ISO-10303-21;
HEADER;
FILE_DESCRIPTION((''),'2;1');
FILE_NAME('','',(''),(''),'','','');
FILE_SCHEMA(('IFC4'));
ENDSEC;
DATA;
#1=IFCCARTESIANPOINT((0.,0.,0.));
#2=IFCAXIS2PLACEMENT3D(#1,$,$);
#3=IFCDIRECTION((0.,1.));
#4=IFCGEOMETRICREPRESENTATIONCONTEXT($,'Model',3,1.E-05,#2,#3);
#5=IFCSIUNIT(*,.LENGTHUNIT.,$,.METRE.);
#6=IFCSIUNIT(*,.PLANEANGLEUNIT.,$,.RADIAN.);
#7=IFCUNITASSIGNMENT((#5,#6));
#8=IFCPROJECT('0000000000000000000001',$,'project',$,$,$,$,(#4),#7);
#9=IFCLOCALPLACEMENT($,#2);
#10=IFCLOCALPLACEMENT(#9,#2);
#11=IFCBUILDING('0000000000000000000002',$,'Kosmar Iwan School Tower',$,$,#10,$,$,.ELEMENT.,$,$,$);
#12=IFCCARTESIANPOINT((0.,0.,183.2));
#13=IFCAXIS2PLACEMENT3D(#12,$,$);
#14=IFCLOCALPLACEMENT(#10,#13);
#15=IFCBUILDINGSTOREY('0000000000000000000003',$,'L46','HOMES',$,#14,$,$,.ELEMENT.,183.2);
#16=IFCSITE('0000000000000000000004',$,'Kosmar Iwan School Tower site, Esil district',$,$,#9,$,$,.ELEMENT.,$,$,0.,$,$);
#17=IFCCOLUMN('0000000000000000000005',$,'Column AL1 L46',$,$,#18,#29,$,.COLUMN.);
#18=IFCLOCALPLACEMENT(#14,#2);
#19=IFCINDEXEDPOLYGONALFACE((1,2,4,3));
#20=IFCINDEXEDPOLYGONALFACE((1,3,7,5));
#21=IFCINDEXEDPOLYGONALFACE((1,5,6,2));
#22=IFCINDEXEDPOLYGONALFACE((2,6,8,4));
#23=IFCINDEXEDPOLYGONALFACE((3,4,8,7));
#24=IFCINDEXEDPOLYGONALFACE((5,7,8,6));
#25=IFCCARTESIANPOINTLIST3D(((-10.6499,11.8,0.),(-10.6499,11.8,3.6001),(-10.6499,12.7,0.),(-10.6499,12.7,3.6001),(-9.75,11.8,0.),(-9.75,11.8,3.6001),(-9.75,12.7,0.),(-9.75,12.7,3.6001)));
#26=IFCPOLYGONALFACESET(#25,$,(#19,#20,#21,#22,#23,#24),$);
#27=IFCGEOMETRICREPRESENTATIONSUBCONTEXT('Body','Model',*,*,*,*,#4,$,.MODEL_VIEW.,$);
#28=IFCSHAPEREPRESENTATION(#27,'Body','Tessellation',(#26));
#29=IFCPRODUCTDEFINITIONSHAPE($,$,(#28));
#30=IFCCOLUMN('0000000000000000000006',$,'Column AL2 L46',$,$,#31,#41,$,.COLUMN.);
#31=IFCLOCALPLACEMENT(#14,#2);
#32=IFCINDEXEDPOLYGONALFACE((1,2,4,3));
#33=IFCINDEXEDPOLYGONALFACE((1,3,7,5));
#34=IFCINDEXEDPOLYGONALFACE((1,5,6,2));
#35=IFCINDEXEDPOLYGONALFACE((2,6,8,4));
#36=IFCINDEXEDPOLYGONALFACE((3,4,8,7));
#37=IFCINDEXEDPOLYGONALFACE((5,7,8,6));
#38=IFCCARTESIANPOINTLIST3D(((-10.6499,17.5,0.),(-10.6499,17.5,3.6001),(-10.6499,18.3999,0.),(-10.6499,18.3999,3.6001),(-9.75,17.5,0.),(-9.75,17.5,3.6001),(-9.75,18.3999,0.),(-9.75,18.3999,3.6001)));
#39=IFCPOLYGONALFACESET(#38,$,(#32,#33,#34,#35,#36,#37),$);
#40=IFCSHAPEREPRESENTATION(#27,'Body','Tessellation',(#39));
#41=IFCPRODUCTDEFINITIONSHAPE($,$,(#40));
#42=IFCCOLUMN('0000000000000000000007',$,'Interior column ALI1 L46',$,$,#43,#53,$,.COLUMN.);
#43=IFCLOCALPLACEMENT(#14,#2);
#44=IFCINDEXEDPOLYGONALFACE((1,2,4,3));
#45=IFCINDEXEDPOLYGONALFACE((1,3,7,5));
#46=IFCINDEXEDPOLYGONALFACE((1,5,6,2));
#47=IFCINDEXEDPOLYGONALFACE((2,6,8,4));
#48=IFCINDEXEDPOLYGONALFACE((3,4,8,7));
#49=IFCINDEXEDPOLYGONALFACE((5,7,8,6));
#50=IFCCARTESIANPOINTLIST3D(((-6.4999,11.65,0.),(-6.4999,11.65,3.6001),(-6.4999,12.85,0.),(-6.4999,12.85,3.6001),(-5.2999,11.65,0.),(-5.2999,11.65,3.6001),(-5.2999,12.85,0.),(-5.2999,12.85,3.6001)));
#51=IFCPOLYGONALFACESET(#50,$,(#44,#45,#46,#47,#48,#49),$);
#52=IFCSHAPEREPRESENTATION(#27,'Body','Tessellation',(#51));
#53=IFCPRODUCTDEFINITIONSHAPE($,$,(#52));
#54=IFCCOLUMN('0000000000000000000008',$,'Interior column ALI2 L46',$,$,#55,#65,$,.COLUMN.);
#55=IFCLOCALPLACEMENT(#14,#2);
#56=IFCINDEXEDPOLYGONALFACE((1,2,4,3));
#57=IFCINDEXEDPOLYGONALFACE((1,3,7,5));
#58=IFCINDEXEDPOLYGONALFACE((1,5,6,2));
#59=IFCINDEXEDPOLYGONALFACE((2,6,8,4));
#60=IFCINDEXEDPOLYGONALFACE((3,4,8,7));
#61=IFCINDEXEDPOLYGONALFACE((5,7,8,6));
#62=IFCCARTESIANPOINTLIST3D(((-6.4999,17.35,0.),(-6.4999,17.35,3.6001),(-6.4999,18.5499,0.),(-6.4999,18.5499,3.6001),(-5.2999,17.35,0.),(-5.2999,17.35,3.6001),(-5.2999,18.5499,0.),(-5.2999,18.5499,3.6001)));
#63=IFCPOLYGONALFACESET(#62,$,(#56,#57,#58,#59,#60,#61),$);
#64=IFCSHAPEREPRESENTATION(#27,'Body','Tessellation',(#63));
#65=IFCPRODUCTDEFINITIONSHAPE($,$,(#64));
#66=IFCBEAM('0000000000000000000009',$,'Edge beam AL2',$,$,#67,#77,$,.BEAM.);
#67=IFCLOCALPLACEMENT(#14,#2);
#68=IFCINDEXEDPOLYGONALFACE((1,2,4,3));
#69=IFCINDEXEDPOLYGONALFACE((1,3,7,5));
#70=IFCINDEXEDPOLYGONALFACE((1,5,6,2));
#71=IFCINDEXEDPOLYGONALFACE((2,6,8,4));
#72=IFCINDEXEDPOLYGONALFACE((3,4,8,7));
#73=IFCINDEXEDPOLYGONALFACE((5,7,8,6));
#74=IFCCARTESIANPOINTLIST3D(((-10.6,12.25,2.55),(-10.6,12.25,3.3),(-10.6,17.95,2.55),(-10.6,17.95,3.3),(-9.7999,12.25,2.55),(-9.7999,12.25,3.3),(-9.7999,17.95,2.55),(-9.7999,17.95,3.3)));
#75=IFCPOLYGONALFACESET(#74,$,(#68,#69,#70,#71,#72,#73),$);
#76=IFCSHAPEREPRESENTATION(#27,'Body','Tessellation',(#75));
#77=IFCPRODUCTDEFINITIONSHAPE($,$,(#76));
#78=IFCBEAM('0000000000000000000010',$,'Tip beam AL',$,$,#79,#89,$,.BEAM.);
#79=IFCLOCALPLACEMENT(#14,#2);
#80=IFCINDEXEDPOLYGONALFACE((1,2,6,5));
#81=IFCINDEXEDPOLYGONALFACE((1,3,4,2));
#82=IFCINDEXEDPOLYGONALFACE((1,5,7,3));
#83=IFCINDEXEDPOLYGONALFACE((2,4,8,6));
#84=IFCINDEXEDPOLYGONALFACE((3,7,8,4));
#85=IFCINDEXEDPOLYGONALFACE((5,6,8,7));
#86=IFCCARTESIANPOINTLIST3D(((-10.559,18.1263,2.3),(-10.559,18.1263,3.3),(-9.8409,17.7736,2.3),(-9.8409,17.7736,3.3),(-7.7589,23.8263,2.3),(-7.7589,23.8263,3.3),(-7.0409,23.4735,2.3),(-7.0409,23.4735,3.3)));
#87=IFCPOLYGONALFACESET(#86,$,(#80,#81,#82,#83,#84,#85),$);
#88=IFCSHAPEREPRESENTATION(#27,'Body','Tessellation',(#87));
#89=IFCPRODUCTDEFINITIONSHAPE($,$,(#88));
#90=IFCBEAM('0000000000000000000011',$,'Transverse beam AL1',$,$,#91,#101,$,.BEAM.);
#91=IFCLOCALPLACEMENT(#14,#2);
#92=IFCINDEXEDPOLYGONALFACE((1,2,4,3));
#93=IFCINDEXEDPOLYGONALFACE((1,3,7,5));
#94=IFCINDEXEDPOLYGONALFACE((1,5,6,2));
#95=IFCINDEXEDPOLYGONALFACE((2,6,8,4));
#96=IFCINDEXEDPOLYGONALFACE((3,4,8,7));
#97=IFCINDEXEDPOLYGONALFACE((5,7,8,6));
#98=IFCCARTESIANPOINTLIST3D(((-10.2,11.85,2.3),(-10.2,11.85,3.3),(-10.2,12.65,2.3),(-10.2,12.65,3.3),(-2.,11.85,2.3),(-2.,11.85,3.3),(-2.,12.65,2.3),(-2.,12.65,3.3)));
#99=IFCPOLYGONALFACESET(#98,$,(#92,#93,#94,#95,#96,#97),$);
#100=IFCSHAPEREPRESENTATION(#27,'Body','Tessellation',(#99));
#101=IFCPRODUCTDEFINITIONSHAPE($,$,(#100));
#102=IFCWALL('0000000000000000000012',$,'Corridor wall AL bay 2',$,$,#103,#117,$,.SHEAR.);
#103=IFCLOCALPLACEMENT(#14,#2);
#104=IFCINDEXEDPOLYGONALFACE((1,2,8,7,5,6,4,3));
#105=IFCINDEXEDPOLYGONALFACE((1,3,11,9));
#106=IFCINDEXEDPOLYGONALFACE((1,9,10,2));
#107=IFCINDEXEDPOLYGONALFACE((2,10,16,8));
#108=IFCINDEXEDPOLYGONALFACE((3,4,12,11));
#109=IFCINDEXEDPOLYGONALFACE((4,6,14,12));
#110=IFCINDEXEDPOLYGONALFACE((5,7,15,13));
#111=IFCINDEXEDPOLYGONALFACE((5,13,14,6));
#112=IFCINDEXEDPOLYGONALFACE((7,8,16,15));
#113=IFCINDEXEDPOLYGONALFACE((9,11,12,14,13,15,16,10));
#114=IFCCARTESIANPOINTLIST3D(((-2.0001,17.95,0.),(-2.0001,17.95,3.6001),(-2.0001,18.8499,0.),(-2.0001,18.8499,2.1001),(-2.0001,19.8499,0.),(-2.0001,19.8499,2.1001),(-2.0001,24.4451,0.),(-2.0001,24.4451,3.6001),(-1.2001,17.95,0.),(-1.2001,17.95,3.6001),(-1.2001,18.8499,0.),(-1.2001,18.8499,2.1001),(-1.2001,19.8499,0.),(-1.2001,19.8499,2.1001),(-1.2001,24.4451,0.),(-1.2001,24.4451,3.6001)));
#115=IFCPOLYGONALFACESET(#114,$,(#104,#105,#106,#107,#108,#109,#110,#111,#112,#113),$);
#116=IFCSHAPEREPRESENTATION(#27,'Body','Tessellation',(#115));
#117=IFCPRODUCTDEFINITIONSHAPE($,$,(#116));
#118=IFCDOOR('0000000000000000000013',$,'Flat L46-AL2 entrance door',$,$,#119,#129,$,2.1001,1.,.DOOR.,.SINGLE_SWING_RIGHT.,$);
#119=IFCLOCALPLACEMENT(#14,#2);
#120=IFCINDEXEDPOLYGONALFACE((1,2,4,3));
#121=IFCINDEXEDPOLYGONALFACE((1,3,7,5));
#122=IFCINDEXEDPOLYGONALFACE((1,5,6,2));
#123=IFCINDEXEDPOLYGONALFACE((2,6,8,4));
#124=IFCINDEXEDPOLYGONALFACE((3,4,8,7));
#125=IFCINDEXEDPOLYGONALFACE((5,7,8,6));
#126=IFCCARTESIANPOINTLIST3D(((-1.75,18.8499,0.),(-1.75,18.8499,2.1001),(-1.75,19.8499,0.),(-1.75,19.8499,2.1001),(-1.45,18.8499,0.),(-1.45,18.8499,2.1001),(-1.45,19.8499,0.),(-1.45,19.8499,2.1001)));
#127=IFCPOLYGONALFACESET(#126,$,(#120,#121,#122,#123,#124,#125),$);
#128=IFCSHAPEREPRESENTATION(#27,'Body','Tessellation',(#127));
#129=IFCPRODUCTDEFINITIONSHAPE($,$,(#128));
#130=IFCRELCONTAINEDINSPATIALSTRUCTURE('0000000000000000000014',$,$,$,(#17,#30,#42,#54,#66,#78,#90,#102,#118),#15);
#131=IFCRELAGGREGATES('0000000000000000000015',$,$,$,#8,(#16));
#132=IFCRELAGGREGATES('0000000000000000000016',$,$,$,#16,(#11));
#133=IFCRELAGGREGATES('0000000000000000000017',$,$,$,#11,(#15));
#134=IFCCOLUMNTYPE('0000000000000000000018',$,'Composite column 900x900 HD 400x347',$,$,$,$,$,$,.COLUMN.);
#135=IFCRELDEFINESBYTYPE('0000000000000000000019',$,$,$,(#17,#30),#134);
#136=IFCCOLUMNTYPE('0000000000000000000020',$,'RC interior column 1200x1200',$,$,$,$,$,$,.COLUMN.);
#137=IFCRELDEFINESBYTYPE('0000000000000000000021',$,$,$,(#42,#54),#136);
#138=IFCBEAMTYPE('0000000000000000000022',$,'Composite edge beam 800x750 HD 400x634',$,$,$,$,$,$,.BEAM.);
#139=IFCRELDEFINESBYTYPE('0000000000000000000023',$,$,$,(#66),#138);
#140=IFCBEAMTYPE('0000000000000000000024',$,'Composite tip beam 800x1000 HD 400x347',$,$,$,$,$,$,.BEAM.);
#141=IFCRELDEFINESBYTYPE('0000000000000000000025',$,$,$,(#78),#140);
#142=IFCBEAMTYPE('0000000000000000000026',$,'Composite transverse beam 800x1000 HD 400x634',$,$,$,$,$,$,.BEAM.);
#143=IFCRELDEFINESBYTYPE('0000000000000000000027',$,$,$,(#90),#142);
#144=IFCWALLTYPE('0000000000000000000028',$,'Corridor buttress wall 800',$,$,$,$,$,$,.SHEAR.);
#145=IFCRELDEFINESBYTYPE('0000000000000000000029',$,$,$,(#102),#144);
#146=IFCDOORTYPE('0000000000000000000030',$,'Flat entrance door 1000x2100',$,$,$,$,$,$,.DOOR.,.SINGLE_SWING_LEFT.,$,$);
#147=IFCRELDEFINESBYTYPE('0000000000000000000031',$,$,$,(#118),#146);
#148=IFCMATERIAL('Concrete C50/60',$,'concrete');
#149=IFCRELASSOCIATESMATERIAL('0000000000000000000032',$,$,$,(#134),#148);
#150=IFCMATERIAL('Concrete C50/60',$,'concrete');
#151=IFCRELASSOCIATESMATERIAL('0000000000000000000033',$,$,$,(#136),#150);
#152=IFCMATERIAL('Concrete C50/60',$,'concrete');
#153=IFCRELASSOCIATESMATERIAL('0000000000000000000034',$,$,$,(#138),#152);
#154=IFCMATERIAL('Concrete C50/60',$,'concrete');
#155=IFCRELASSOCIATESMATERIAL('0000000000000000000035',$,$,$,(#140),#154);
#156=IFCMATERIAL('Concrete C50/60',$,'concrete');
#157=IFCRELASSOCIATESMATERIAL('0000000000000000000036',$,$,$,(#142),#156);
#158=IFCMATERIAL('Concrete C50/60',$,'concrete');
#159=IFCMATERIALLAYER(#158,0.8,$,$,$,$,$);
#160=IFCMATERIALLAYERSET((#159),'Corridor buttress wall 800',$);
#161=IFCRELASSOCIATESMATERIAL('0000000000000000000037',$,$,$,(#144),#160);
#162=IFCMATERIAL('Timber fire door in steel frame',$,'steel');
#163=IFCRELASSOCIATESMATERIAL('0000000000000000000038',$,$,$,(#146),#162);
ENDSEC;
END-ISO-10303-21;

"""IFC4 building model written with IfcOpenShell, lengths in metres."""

from ifc_helpers import new_model, si_unit, direction, frame, frame_2d, origin, origin_2d, place, context, subcontext, project, spatial, rectangle, extrude, material, layer, layer_set, material_profile, profile_set, type_object, element, fill, save


model = new_model("IFC4")

# Units and contexts
model_context = context("Model", 3, precision=1e-05, world=origin(), true_north=direction((0.0, 1.0)))
body_context = subcontext(model_context, "Body", "Model", "MODEL_VIEW")
ifc_project = project(units=[si_unit("LENGTHUNIT", "METRE"), si_unit("PLANEANGLEUNIT", "RADIAN")], contexts=[model_context])

# Site, building, storey
site_placement = place(None, origin())
site = spatial("IfcSite", under=ifc_project, at=site_placement, Name="Kosmar Iwan School Tower site, Esil district", CompositionType="ELEMENT", RefElevation=0.0)
building_placement = place(site_placement, origin())
building = spatial("IfcBuilding", under=site, at=building_placement, Name="Kosmar Iwan School Tower", CompositionType="ELEMENT")
storey_placement = place(building_placement, frame((0.0, 0.0, 183.2)))
storey = spatial("IfcBuildingStorey", under=building, at=storey_placement, Name="L46", Description="HOMES", CompositionType="ELEMENT", Elevation=183.2)

# Columns
ifc_material_1 = material(Name="Concrete C50/60", Category="concrete")
ifc_material_profile_1 = material_profile(ifc_material_1, rectangle(XDim=0.8999, YDim=0.8999, at=origin_2d()), Name="RC 900x900 + HD 400x347")
ifc_profile_set_1 = profile_set([ifc_material_profile_1], Name="Concrete C50/60")
column_type_1 = type_object("IfcColumnType", Name="Composite column 900x900 HD 400x347", PredefinedType="COLUMN", material=ifc_profile_set_1)
for number, where, z_axis, x_axis, name in (
    (1, (-10.2, 12.25, 0.0), (0.0, 0.0, 1.0), (0.0, 1.0, 0.0), "Column AL1 L46"),
    (2, (-10.2, 17.95, 0.0), (0.0, 0.0, 1.0), (0.0, 1.0, 0.0), "Column AL2 L46"),
):
    element("IfcColumn", number, at=place(storey_placement, frame(where, z_axis=z_axis, x_axis=x_axis)), inside=storey, type_object=column_type_1, Name=name, PredefinedType="COLUMN", context=body_context, shape_type="SweptSolid", body=[
        extrude(rectangle(XDim=0.8999, YDim=0.8999, at=origin_2d()), origin(), (0.0, 0.0, 1.0), 3.6001),
    ])
ifc_material_2 = material(Name="Concrete C50/60", Category="concrete")
ifc_material_profile_2 = material_profile(ifc_material_2, rectangle(XDim=1.2, YDim=1.2, at=origin_2d()), Name="RC 1200x1200")
ifc_profile_set_2 = profile_set([ifc_material_profile_2], Name="Concrete C50/60")
column_type_2 = type_object("IfcColumnType", Name="RC interior column 1200x1200", PredefinedType="COLUMN", material=ifc_profile_set_2)
for number, where, z_axis, x_axis, name in (
    (3, (-5.8999, 12.25, 0.0), (0.0, 0.0, 1.0), (0.0, 1.0, 0.0), "Interior column ALI1 L46"),
    (4, (-5.8999, 17.95, 0.0), (0.0, 0.0, 1.0), (0.0, 1.0, 0.0), "Interior column ALI2 L46"),
):
    element("IfcColumn", number, at=place(storey_placement, frame(where, z_axis=z_axis, x_axis=x_axis)), inside=storey, type_object=column_type_2, Name=name, PredefinedType="COLUMN", context=body_context, shape_type="SweptSolid", body=[
        extrude(rectangle(XDim=1.2, YDim=1.2, at=origin_2d()), origin(), (0.0, 0.0, 1.0), 3.6001),
    ])

# Beams
ifc_material_3 = material(Name="Concrete C50/60", Category="concrete")
ifc_material_profile_3 = material_profile(ifc_material_3, rectangle(XDim=0.8, YDim=0.75, at=origin_2d()), Name="RC 800x750 + HD 400x634")
ifc_profile_set_3 = profile_set([ifc_material_profile_3], Name="Concrete C50/60")
beam_type_1 = type_object("IfcBeamType", Name="Composite edge beam 800x750 HD 400x634", PredefinedType="BEAM", material=ifc_profile_set_3)
beam_1_placement = place(storey_placement, frame((-10.2, 12.25, 2.925), z_axis=(0.0, 1.0, 0.0), x_axis=(-1.0, 0.0, 0.0)))
element("IfcBeam", 5, at=beam_1_placement, inside=storey, type_object=beam_type_1, Name="Edge beam AL2", PredefinedType="BEAM", context=body_context, shape_type="SweptSolid", body=[
    extrude(rectangle(XDim=0.8, YDim=0.75, at=origin_2d()), origin(), (0.0, 0.0, 1.0), 5.7),
])
ifc_material_4 = material(Name="Concrete C50/60", Category="concrete")
ifc_material_profile_4 = material_profile(ifc_material_4, rectangle(XDim=0.8, YDim=1.0, at=origin_2d()), Name="RC 800x1000 + HD 400x347")
ifc_profile_set_4 = profile_set([ifc_material_profile_4], Name="Concrete C50/60")
beam_type_2 = type_object("IfcBeamType", Name="Composite tip beam 800x1000 HD 400x347", PredefinedType="BEAM", material=ifc_profile_set_4)
beam_2_placement = place(storey_placement, frame((-10.2, 17.95, 2.8), z_axis=(0.440913, 0.89755, 0.0), x_axis=(-0.89755, 0.440913, 0.0)))
element("IfcBeam", 6, at=beam_2_placement, inside=storey, type_object=beam_type_2, Name="Tip beam AL", PredefinedType="BEAM", context=body_context, shape_type="SweptSolid", body=[
    extrude(rectangle(XDim=0.8, YDim=1.0, at=origin_2d()), origin(), (0.0, 0.0, 1.0), 6.3506),
])
ifc_material_5 = material(Name="Concrete C50/60", Category="concrete")
ifc_material_profile_5 = material_profile(ifc_material_5, rectangle(XDim=0.8, YDim=1.0, at=origin_2d()), Name="RC 800x1000 + HD 400x634")
ifc_profile_set_5 = profile_set([ifc_material_profile_5], Name="Concrete C50/60")
beam_type_3 = type_object("IfcBeamType", Name="Composite transverse beam 800x1000 HD 400x634", PredefinedType="BEAM", material=ifc_profile_set_5)
beam_3_placement = place(storey_placement, frame((-10.2, 12.25, 2.8), z_axis=(1.0, 0.0, 0.0), x_axis=(0.0, 1.0, 0.0)))
element("IfcBeam", 7, at=beam_3_placement, inside=storey, type_object=beam_type_3, Name="Transverse beam AL1", PredefinedType="BEAM", context=body_context, shape_type="SweptSolid", body=[
    extrude(rectangle(XDim=0.8, YDim=1.0, at=origin_2d()), origin(), (0.0, 0.0, 1.0), 8.2),
])

# Wall, opening, door
ifc_material_6 = material(Name="Concrete C50/60", Category="concrete")
ifc_layer_1 = layer(ifc_material_6, 0.8)
ifc_layer_set_1 = layer_set([ifc_layer_1], Name="Corridor buttress wall 800")
wall_type_1 = type_object("IfcWallType", Name="Corridor buttress wall 800", PredefinedType="SHEAR", material=ifc_layer_set_1)
wall_1_placement = place(storey_placement, frame((-1.6001, 17.95, 0.0), z_axis=(0.0, 0.0, 1.0), x_axis=(0.0, 1.0, 0.0)))
wall_1 = element("IfcWall", 8, at=wall_1_placement, inside=storey, type_object=wall_type_1, Name="Corridor wall AL bay 2", PredefinedType="SHEAR", context=body_context, shape_type="SweptSolid", body=[
    extrude(rectangle(XDim=6.4951, YDim=0.8, at=frame_2d((3.2476, 0.0))), origin(), (0.0, 0.0, 1.0), 3.6001),
])
opening_1_placement = place(wall_1_placement, frame((0.8999, 0.0, 0.0)))
opening_1 = element("IfcOpeningElement", 9, at=opening_1_placement, cuts=wall_1, PredefinedType="OPENING", context=body_context, shape_type="SweptSolid", body=[
    extrude(rectangle(XDim=1.0, YDim=2.1001, at=frame_2d((0.5, 1.05))), frame((0.0, 0.4121, 0.0), z_axis=(0.0, -1.0, 0.0), x_axis=(1.0, 0.0, 0.0)), (0.0, 0.0, 1.0), 0.824),
])
ifc_material_7 = material(Name="Timber fire door in steel frame", Category="steel")
door_type_1 = type_object("IfcDoorType", Name="Flat entrance door 1000x2100", OperationType="SINGLE_SWING_LEFT", PredefinedType="DOOR", material=ifc_material_7)
door_1_placement = place(opening_1_placement, origin())
door_1 = element("IfcDoor", 10, at=door_1_placement, inside=storey, type_object=door_type_1, Name="Flat L46-AL2 entrance door", OperationType="SINGLE_SWING_RIGHT", OverallHeight=2.1001, OverallWidth=1.0, PredefinedType="DOOR", context=body_context, shape_type="SweptSolid", body=[
    extrude(rectangle(XDim=1.0, YDim=2.1001, at=frame_2d((0.5, 1.05))), frame((0.0, 0.1499, 0.0), z_axis=(0.0, -1.0, 0.0), x_axis=(1.0, 0.0, 0.0)), (0.0, 0.0, 1.0), 0.3),
])
fill(opening_1, door_1)

save(model, "model.ifc")
